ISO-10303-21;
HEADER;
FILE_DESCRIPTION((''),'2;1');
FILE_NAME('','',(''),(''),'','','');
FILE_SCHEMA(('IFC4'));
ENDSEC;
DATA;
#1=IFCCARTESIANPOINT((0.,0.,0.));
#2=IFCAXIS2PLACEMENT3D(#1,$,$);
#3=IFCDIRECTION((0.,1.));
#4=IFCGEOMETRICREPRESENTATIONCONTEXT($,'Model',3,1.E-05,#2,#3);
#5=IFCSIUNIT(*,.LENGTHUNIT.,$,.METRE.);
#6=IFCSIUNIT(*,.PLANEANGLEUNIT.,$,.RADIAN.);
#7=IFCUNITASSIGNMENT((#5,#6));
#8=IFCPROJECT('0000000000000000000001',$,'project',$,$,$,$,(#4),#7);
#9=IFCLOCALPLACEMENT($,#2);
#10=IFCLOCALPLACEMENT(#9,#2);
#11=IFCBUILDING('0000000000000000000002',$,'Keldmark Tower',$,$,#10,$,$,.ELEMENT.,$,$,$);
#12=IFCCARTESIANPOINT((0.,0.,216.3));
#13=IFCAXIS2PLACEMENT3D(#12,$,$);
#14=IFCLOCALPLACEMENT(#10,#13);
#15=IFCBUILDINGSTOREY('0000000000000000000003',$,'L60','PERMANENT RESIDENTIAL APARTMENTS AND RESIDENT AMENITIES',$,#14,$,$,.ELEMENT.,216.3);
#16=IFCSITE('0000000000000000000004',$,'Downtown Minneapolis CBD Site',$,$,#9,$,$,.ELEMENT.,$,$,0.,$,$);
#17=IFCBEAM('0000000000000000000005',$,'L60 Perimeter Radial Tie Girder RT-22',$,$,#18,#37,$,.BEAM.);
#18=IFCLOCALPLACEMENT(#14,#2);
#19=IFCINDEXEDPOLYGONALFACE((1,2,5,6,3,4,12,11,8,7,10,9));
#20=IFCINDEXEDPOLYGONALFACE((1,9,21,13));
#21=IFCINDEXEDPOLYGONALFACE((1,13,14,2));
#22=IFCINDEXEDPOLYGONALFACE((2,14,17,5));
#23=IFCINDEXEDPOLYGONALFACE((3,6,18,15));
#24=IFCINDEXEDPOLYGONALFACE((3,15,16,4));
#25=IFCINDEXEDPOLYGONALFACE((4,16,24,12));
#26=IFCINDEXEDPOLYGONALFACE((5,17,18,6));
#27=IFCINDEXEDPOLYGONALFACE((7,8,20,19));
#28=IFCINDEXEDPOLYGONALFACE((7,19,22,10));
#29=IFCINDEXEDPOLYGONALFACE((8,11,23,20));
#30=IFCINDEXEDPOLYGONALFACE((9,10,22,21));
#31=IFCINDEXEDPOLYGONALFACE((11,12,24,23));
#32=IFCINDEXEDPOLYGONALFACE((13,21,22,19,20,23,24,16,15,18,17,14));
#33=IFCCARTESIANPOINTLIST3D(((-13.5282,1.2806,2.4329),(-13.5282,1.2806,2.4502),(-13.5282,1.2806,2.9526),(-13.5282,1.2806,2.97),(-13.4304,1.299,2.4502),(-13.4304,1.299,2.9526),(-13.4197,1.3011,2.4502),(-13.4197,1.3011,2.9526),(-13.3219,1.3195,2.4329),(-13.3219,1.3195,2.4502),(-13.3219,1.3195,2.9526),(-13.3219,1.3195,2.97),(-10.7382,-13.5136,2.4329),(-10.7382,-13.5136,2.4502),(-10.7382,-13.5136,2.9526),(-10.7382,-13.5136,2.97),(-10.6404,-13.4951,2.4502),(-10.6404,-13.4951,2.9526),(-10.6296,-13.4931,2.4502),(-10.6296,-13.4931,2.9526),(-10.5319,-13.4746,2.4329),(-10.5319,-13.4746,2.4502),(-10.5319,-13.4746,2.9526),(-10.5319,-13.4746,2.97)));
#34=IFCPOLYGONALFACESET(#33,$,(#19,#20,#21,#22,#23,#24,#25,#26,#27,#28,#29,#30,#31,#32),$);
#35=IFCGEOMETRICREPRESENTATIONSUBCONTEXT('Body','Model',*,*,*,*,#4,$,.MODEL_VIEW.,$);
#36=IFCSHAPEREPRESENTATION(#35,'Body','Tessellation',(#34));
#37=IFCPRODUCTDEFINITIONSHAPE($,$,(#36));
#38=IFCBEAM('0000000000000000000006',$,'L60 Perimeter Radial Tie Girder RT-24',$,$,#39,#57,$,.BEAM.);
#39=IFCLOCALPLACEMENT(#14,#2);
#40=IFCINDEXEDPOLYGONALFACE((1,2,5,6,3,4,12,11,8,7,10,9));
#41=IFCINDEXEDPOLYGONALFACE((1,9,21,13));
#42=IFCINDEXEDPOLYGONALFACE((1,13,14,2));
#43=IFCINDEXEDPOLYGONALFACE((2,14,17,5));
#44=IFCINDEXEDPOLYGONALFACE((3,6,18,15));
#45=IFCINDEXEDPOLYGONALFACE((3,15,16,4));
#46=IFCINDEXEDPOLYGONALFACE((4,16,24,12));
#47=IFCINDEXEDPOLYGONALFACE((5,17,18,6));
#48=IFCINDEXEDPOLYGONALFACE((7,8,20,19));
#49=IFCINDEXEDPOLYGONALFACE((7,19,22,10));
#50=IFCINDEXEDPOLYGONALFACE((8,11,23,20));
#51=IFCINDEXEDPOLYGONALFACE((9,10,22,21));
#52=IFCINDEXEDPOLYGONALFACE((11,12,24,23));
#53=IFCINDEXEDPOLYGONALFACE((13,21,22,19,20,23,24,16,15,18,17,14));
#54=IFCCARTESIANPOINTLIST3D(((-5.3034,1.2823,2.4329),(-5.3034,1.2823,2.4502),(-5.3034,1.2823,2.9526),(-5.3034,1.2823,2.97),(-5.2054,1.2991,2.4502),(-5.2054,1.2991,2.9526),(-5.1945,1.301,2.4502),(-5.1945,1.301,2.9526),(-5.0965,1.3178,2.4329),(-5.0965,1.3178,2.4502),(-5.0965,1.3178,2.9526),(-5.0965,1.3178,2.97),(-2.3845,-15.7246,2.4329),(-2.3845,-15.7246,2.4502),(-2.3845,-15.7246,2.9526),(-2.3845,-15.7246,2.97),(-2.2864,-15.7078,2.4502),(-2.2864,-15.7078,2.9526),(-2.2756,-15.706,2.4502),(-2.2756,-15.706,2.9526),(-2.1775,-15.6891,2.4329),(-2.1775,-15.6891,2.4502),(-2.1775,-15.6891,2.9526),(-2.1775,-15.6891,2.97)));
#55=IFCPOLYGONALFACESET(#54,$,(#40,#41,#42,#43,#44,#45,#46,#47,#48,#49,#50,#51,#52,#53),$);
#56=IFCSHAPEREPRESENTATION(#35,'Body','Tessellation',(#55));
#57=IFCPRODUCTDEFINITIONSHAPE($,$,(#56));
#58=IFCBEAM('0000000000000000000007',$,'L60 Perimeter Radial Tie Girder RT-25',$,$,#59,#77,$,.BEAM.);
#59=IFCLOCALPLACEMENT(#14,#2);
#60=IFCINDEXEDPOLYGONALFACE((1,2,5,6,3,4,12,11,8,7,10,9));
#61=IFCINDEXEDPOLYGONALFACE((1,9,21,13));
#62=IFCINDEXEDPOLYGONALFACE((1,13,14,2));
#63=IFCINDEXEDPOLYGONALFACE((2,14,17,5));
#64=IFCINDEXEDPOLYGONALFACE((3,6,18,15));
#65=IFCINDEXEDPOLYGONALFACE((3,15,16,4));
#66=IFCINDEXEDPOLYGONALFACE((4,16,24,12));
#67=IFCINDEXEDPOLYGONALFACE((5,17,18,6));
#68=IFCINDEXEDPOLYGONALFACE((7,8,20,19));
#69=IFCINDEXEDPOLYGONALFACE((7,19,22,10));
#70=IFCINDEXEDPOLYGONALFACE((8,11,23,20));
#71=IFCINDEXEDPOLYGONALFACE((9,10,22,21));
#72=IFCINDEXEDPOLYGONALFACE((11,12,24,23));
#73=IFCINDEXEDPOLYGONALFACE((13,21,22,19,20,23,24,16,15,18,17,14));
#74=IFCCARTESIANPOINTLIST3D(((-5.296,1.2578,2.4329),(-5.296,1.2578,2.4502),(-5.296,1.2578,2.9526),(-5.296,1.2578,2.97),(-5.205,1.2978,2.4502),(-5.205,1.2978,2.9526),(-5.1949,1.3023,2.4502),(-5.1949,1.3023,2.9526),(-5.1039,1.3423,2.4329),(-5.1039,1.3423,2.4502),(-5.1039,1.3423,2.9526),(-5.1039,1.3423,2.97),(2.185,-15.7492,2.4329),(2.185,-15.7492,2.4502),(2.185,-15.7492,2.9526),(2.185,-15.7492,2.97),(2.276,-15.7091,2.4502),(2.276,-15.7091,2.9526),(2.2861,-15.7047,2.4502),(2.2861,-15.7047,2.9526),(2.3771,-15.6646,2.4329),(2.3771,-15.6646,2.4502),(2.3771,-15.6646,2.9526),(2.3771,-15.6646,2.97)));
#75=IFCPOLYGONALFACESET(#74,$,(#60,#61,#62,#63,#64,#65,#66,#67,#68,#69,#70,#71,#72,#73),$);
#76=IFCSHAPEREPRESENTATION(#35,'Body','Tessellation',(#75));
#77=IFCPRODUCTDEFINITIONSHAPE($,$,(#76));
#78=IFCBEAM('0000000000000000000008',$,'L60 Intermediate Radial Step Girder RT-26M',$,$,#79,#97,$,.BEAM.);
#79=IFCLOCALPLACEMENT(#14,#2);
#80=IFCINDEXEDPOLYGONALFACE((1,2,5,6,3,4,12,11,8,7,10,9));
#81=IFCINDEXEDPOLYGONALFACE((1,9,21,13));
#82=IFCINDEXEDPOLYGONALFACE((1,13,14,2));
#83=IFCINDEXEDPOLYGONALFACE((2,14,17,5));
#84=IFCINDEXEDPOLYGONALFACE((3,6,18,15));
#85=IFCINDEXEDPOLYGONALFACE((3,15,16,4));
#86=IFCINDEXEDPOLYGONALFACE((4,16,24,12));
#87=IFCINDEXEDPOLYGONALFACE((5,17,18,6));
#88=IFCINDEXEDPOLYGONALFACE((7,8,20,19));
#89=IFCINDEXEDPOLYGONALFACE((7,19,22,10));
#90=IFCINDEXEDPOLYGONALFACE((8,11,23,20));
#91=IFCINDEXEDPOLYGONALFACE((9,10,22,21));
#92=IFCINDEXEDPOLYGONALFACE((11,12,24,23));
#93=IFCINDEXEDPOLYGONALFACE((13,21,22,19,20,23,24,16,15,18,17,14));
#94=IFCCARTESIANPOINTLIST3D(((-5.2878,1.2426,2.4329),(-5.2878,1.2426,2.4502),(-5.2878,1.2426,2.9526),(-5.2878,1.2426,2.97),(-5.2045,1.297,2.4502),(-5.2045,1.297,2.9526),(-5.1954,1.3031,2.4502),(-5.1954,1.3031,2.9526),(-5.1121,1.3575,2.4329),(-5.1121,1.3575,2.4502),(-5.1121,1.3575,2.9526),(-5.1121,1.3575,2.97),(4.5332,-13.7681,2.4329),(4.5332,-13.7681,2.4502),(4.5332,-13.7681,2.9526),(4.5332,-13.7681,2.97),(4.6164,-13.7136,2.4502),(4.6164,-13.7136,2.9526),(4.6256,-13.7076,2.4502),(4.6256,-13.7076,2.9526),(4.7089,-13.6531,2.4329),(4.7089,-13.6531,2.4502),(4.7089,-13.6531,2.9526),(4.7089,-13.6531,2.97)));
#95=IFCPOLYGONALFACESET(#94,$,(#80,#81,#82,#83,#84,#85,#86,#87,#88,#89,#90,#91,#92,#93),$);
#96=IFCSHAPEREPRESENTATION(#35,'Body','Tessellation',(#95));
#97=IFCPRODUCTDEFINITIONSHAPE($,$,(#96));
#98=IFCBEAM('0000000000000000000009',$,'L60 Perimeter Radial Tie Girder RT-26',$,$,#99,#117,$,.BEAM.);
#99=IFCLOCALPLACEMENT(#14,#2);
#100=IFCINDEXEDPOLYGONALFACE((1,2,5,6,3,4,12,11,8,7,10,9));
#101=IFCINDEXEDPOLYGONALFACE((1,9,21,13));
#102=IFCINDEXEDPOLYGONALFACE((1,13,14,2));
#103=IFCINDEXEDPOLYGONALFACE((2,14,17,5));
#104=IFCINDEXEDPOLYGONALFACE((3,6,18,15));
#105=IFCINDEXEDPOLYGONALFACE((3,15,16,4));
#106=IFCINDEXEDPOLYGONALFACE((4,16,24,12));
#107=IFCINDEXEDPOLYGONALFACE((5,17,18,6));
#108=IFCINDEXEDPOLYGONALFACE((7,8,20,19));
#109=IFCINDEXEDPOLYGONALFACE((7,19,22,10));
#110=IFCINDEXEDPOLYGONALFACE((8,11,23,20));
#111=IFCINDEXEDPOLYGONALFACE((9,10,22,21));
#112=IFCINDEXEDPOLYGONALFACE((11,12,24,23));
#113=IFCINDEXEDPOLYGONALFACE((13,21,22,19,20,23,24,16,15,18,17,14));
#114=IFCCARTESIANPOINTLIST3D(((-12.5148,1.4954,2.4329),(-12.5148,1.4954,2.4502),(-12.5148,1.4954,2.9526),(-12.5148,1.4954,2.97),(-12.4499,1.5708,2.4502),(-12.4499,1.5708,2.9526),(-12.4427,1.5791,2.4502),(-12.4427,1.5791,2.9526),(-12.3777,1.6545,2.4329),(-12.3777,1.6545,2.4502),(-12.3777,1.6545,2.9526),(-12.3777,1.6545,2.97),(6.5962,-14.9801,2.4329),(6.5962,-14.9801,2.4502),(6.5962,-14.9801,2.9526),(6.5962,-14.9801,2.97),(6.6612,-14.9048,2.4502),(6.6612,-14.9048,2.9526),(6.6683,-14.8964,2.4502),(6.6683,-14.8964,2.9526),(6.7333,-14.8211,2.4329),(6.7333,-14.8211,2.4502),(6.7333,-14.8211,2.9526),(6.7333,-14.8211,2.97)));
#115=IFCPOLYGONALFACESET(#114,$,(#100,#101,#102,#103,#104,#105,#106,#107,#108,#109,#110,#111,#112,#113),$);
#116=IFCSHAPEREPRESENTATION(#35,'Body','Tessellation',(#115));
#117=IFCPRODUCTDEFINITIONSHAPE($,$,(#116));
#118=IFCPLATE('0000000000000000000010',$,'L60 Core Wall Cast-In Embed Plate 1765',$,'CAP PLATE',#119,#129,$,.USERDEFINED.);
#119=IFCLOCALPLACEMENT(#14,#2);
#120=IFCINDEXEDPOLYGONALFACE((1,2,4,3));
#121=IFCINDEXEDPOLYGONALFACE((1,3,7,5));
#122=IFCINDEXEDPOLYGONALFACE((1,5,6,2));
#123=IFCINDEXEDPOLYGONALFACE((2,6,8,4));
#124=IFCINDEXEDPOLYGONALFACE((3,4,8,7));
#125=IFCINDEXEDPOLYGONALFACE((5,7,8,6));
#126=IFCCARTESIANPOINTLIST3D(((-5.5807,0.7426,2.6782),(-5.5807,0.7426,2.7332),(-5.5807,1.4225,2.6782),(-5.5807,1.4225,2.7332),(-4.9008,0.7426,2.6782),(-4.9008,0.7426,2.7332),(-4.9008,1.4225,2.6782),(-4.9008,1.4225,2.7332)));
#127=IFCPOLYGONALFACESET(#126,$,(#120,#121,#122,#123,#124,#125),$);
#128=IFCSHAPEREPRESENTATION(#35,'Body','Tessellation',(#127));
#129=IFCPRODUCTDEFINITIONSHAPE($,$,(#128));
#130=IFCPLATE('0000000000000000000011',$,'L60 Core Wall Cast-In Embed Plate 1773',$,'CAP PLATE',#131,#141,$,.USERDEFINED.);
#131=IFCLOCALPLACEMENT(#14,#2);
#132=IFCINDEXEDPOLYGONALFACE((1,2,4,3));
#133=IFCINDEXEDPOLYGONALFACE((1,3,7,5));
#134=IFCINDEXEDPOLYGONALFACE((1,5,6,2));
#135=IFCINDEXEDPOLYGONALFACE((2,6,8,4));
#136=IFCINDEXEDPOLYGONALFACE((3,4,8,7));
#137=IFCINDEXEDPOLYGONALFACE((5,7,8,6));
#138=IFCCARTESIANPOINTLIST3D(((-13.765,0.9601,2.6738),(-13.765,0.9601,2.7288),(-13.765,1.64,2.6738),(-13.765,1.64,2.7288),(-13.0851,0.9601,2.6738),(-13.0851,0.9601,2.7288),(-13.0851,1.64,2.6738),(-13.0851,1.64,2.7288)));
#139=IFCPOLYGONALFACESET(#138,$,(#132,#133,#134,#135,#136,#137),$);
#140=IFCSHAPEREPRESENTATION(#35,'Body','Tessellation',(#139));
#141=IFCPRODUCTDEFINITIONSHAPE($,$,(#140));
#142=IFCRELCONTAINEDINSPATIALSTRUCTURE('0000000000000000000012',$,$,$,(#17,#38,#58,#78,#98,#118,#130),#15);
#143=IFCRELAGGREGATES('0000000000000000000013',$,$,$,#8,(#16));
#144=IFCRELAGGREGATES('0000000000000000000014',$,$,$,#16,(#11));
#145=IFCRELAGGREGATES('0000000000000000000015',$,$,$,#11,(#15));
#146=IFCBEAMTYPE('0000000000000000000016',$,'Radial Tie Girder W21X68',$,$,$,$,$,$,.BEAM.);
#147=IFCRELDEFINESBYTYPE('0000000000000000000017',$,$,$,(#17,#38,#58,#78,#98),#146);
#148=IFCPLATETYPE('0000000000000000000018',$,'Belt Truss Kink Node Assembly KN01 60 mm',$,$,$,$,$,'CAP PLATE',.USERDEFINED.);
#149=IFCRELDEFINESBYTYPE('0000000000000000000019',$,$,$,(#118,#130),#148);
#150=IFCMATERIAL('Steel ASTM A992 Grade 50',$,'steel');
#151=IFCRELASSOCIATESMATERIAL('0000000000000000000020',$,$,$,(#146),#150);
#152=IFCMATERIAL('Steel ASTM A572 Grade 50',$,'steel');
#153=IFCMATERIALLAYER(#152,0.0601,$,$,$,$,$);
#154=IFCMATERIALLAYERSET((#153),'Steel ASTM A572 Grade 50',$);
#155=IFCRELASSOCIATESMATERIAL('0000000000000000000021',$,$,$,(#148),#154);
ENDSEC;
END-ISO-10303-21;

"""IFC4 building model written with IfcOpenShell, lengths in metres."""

from ifc_helpers import new_model, si_unit, direction, frame, origin, origin_2d, place, context, subcontext, project, spatial, rectangle, i_section, extrude, material, layer, layer_set, material_profile, profile_set, type_object, element, save


model = new_model("IFC4")

# Units and contexts
model_context = context("Model", 3, precision=1e-05, world=origin(), true_north=direction((0.0, 1.0)))
body_context = subcontext(model_context, "Body", "Model", "MODEL_VIEW")
ifc_project = project(units=[si_unit("LENGTHUNIT", "METRE"), si_unit("PLANEANGLEUNIT", "RADIAN")], contexts=[model_context])

# Site, building, storey
site_placement = place(None, origin())
site = spatial("IfcSite", under=ifc_project, at=site_placement, Name="Downtown Minneapolis CBD Site", CompositionType="ELEMENT", RefElevation=0.0)
building_placement = place(site_placement, origin())
building = spatial("IfcBuilding", under=site, at=building_placement, Name="Keldmark Tower", CompositionType="ELEMENT")
storey_placement = place(building_placement, frame((0.0, 0.0, 216.3)))
storey = spatial("IfcBuildingStorey", under=building, at=storey_placement, Name="L60", Description="PERMANENT RESIDENTIAL APARTMENTS AND RESIDENT AMENITIES", CompositionType="ELEMENT", Elevation=216.3)

# Beams
ifc_material_1 = material(Name="Steel ASTM A992 Grade 50", Category="steel")
ifc_material_profile_1 = material_profile(ifc_material_1, i_section(OverallWidth=0.21, OverallDepth=0.5371, WebThickness=0.011, FlangeThickness=0.0173, at=origin_2d()), Name="W21X68")
ifc_profile_set_1 = profile_set([ifc_material_profile_1], Name="Steel ASTM A992 Grade 50")
beam_type_1 = type_object("IfcBeamType", Name="Radial Tie Girder W21X68", PredefinedType="BEAM", material=ifc_profile_set_1)
beam_1_placement = place(storey_placement, frame((-13.425, 1.3, 2.7014), z_axis=(0.185323, -0.982678, 0.0), x_axis=(0.982678, 0.185323, 0.0)))
element("IfcBeam", 1, at=beam_1_placement, inside=storey, type_object=beam_type_1, Name="L60 Perimeter Radial Tie Girder RT-22", PredefinedType="BEAM", context=body_context, shape_type="SweptSolid", body=[
    extrude(i_section(OverallWidth=0.21, OverallDepth=0.5371, WebThickness=0.011, FlangeThickness=0.0173, at=origin_2d()), origin(), (0.0, 0.0, 1.0), 15.0549),
])
beam_2_placement = place(storey_placement, frame((-5.2, 1.3, 2.7014), z_axis=(0.16916, -0.985589, 0.0), x_axis=(0.985589, 0.16916, 0.0)))
element("IfcBeam", 2, at=beam_2_placement, inside=storey, type_object=beam_type_1, Name="L60 Perimeter Radial Tie Girder RT-24", PredefinedType="BEAM", context=body_context, shape_type="SweptSolid", body=[
    extrude(i_section(OverallWidth=0.21, OverallDepth=0.5371, WebThickness=0.011, FlangeThickness=0.0173, at=origin_2d()), origin(), (0.0, 0.0, 1.0), 17.2556),
])
beam_3_placement = place(storey_placement, frame((-5.2, 1.3, 2.7014), z_axis=(0.402646, -0.915356, 0.0), x_axis=(0.915356, 0.402646, 0.0)))
element("IfcBeam", 3, at=beam_3_placement, inside=storey, type_object=beam_type_1, Name="L60 Perimeter Radial Tie Girder RT-25", PredefinedType="BEAM", context=body_context, shape_type="SweptSolid", body=[
    extrude(i_section(OverallWidth=0.21, OverallDepth=0.5371, WebThickness=0.011, FlangeThickness=0.0173, at=origin_2d()), origin(), (0.0, 0.0, 1.0), 18.5796),
])
beam_4_placement = place(storey_placement, frame((-5.2, 1.3, 2.7014), z_axis=(0.547496, -0.836808, 0.0), x_axis=(0.836808, 0.547496, 0.0)))
element("IfcBeam", 4, at=beam_4_placement, inside=storey, type_object=beam_type_1, Name="L60 Intermediate Radial Step Girder RT-26M", PredefinedType="BEAM", context=body_context, shape_type="SweptSolid", body=[
    extrude(i_section(OverallWidth=0.21, OverallDepth=0.5371, WebThickness=0.011, FlangeThickness=0.0173, at=origin_2d()), origin(), (0.0, 0.0, 1.0), 17.938),
])
beam_5_placement = place(storey_placement, frame((-12.4463, 1.575, 2.7014), z_axis=(0.7574, -0.652951, 0.0), x_axis=(0.652951, 0.7574, 0.0)))
element("IfcBeam", 5, at=beam_5_placement, inside=storey, type_object=beam_type_1, Name="L60 Perimeter Radial Tie Girder RT-26", PredefinedType="BEAM", context=body_context, shape_type="SweptSolid", body=[
    extrude(i_section(OverallWidth=0.21, OverallDepth=0.5371, WebThickness=0.011, FlangeThickness=0.0173, at=origin_2d()), origin(), (0.0, 0.0, 1.0), 25.2324),
])

# Plates
ifc_material_2 = material(Name="Steel ASTM A572 Grade 50", Category="steel")
ifc_layer_1 = layer(ifc_material_2, 0.0601)
ifc_layer_set_1 = layer_set([ifc_layer_1], Name="Steel ASTM A572 Grade 50")
plate_type = type_object("IfcPlateType", Name="Belt Truss Kink Node Assembly KN01 60 mm", ElementType="CAP PLATE", PredefinedType="USERDEFINED", material=ifc_layer_set_1)
for number, where, z_axis, x_axis, name in (
    (6, (-5.2407, 1.0825, 2.6782), (0.0, 0.0, 1.0), (1.0, 0.0, 0.0), "L60 Core Wall Cast-In Embed Plate 1765"),
    (7, (-13.425, 1.3, 2.6738), (0.0, 0.0, 1.0), (1.0, 0.0, 0.0), "L60 Core Wall Cast-In Embed Plate 1773"),
):
    element("IfcPlate", number, at=place(storey_placement, frame(where, z_axis=z_axis, x_axis=x_axis)), inside=storey, type_object=plate_type, Name=name, ObjectType="CAP PLATE", PredefinedType="USERDEFINED", context=body_context, shape_type="SweptSolid", body=[
        extrude(rectangle(XDim=0.6799, YDim=0.6799, at=origin_2d()), origin(), (0.0, 0.0, 1.0), 0.0549),
    ])

save(model, "model.ifc")
